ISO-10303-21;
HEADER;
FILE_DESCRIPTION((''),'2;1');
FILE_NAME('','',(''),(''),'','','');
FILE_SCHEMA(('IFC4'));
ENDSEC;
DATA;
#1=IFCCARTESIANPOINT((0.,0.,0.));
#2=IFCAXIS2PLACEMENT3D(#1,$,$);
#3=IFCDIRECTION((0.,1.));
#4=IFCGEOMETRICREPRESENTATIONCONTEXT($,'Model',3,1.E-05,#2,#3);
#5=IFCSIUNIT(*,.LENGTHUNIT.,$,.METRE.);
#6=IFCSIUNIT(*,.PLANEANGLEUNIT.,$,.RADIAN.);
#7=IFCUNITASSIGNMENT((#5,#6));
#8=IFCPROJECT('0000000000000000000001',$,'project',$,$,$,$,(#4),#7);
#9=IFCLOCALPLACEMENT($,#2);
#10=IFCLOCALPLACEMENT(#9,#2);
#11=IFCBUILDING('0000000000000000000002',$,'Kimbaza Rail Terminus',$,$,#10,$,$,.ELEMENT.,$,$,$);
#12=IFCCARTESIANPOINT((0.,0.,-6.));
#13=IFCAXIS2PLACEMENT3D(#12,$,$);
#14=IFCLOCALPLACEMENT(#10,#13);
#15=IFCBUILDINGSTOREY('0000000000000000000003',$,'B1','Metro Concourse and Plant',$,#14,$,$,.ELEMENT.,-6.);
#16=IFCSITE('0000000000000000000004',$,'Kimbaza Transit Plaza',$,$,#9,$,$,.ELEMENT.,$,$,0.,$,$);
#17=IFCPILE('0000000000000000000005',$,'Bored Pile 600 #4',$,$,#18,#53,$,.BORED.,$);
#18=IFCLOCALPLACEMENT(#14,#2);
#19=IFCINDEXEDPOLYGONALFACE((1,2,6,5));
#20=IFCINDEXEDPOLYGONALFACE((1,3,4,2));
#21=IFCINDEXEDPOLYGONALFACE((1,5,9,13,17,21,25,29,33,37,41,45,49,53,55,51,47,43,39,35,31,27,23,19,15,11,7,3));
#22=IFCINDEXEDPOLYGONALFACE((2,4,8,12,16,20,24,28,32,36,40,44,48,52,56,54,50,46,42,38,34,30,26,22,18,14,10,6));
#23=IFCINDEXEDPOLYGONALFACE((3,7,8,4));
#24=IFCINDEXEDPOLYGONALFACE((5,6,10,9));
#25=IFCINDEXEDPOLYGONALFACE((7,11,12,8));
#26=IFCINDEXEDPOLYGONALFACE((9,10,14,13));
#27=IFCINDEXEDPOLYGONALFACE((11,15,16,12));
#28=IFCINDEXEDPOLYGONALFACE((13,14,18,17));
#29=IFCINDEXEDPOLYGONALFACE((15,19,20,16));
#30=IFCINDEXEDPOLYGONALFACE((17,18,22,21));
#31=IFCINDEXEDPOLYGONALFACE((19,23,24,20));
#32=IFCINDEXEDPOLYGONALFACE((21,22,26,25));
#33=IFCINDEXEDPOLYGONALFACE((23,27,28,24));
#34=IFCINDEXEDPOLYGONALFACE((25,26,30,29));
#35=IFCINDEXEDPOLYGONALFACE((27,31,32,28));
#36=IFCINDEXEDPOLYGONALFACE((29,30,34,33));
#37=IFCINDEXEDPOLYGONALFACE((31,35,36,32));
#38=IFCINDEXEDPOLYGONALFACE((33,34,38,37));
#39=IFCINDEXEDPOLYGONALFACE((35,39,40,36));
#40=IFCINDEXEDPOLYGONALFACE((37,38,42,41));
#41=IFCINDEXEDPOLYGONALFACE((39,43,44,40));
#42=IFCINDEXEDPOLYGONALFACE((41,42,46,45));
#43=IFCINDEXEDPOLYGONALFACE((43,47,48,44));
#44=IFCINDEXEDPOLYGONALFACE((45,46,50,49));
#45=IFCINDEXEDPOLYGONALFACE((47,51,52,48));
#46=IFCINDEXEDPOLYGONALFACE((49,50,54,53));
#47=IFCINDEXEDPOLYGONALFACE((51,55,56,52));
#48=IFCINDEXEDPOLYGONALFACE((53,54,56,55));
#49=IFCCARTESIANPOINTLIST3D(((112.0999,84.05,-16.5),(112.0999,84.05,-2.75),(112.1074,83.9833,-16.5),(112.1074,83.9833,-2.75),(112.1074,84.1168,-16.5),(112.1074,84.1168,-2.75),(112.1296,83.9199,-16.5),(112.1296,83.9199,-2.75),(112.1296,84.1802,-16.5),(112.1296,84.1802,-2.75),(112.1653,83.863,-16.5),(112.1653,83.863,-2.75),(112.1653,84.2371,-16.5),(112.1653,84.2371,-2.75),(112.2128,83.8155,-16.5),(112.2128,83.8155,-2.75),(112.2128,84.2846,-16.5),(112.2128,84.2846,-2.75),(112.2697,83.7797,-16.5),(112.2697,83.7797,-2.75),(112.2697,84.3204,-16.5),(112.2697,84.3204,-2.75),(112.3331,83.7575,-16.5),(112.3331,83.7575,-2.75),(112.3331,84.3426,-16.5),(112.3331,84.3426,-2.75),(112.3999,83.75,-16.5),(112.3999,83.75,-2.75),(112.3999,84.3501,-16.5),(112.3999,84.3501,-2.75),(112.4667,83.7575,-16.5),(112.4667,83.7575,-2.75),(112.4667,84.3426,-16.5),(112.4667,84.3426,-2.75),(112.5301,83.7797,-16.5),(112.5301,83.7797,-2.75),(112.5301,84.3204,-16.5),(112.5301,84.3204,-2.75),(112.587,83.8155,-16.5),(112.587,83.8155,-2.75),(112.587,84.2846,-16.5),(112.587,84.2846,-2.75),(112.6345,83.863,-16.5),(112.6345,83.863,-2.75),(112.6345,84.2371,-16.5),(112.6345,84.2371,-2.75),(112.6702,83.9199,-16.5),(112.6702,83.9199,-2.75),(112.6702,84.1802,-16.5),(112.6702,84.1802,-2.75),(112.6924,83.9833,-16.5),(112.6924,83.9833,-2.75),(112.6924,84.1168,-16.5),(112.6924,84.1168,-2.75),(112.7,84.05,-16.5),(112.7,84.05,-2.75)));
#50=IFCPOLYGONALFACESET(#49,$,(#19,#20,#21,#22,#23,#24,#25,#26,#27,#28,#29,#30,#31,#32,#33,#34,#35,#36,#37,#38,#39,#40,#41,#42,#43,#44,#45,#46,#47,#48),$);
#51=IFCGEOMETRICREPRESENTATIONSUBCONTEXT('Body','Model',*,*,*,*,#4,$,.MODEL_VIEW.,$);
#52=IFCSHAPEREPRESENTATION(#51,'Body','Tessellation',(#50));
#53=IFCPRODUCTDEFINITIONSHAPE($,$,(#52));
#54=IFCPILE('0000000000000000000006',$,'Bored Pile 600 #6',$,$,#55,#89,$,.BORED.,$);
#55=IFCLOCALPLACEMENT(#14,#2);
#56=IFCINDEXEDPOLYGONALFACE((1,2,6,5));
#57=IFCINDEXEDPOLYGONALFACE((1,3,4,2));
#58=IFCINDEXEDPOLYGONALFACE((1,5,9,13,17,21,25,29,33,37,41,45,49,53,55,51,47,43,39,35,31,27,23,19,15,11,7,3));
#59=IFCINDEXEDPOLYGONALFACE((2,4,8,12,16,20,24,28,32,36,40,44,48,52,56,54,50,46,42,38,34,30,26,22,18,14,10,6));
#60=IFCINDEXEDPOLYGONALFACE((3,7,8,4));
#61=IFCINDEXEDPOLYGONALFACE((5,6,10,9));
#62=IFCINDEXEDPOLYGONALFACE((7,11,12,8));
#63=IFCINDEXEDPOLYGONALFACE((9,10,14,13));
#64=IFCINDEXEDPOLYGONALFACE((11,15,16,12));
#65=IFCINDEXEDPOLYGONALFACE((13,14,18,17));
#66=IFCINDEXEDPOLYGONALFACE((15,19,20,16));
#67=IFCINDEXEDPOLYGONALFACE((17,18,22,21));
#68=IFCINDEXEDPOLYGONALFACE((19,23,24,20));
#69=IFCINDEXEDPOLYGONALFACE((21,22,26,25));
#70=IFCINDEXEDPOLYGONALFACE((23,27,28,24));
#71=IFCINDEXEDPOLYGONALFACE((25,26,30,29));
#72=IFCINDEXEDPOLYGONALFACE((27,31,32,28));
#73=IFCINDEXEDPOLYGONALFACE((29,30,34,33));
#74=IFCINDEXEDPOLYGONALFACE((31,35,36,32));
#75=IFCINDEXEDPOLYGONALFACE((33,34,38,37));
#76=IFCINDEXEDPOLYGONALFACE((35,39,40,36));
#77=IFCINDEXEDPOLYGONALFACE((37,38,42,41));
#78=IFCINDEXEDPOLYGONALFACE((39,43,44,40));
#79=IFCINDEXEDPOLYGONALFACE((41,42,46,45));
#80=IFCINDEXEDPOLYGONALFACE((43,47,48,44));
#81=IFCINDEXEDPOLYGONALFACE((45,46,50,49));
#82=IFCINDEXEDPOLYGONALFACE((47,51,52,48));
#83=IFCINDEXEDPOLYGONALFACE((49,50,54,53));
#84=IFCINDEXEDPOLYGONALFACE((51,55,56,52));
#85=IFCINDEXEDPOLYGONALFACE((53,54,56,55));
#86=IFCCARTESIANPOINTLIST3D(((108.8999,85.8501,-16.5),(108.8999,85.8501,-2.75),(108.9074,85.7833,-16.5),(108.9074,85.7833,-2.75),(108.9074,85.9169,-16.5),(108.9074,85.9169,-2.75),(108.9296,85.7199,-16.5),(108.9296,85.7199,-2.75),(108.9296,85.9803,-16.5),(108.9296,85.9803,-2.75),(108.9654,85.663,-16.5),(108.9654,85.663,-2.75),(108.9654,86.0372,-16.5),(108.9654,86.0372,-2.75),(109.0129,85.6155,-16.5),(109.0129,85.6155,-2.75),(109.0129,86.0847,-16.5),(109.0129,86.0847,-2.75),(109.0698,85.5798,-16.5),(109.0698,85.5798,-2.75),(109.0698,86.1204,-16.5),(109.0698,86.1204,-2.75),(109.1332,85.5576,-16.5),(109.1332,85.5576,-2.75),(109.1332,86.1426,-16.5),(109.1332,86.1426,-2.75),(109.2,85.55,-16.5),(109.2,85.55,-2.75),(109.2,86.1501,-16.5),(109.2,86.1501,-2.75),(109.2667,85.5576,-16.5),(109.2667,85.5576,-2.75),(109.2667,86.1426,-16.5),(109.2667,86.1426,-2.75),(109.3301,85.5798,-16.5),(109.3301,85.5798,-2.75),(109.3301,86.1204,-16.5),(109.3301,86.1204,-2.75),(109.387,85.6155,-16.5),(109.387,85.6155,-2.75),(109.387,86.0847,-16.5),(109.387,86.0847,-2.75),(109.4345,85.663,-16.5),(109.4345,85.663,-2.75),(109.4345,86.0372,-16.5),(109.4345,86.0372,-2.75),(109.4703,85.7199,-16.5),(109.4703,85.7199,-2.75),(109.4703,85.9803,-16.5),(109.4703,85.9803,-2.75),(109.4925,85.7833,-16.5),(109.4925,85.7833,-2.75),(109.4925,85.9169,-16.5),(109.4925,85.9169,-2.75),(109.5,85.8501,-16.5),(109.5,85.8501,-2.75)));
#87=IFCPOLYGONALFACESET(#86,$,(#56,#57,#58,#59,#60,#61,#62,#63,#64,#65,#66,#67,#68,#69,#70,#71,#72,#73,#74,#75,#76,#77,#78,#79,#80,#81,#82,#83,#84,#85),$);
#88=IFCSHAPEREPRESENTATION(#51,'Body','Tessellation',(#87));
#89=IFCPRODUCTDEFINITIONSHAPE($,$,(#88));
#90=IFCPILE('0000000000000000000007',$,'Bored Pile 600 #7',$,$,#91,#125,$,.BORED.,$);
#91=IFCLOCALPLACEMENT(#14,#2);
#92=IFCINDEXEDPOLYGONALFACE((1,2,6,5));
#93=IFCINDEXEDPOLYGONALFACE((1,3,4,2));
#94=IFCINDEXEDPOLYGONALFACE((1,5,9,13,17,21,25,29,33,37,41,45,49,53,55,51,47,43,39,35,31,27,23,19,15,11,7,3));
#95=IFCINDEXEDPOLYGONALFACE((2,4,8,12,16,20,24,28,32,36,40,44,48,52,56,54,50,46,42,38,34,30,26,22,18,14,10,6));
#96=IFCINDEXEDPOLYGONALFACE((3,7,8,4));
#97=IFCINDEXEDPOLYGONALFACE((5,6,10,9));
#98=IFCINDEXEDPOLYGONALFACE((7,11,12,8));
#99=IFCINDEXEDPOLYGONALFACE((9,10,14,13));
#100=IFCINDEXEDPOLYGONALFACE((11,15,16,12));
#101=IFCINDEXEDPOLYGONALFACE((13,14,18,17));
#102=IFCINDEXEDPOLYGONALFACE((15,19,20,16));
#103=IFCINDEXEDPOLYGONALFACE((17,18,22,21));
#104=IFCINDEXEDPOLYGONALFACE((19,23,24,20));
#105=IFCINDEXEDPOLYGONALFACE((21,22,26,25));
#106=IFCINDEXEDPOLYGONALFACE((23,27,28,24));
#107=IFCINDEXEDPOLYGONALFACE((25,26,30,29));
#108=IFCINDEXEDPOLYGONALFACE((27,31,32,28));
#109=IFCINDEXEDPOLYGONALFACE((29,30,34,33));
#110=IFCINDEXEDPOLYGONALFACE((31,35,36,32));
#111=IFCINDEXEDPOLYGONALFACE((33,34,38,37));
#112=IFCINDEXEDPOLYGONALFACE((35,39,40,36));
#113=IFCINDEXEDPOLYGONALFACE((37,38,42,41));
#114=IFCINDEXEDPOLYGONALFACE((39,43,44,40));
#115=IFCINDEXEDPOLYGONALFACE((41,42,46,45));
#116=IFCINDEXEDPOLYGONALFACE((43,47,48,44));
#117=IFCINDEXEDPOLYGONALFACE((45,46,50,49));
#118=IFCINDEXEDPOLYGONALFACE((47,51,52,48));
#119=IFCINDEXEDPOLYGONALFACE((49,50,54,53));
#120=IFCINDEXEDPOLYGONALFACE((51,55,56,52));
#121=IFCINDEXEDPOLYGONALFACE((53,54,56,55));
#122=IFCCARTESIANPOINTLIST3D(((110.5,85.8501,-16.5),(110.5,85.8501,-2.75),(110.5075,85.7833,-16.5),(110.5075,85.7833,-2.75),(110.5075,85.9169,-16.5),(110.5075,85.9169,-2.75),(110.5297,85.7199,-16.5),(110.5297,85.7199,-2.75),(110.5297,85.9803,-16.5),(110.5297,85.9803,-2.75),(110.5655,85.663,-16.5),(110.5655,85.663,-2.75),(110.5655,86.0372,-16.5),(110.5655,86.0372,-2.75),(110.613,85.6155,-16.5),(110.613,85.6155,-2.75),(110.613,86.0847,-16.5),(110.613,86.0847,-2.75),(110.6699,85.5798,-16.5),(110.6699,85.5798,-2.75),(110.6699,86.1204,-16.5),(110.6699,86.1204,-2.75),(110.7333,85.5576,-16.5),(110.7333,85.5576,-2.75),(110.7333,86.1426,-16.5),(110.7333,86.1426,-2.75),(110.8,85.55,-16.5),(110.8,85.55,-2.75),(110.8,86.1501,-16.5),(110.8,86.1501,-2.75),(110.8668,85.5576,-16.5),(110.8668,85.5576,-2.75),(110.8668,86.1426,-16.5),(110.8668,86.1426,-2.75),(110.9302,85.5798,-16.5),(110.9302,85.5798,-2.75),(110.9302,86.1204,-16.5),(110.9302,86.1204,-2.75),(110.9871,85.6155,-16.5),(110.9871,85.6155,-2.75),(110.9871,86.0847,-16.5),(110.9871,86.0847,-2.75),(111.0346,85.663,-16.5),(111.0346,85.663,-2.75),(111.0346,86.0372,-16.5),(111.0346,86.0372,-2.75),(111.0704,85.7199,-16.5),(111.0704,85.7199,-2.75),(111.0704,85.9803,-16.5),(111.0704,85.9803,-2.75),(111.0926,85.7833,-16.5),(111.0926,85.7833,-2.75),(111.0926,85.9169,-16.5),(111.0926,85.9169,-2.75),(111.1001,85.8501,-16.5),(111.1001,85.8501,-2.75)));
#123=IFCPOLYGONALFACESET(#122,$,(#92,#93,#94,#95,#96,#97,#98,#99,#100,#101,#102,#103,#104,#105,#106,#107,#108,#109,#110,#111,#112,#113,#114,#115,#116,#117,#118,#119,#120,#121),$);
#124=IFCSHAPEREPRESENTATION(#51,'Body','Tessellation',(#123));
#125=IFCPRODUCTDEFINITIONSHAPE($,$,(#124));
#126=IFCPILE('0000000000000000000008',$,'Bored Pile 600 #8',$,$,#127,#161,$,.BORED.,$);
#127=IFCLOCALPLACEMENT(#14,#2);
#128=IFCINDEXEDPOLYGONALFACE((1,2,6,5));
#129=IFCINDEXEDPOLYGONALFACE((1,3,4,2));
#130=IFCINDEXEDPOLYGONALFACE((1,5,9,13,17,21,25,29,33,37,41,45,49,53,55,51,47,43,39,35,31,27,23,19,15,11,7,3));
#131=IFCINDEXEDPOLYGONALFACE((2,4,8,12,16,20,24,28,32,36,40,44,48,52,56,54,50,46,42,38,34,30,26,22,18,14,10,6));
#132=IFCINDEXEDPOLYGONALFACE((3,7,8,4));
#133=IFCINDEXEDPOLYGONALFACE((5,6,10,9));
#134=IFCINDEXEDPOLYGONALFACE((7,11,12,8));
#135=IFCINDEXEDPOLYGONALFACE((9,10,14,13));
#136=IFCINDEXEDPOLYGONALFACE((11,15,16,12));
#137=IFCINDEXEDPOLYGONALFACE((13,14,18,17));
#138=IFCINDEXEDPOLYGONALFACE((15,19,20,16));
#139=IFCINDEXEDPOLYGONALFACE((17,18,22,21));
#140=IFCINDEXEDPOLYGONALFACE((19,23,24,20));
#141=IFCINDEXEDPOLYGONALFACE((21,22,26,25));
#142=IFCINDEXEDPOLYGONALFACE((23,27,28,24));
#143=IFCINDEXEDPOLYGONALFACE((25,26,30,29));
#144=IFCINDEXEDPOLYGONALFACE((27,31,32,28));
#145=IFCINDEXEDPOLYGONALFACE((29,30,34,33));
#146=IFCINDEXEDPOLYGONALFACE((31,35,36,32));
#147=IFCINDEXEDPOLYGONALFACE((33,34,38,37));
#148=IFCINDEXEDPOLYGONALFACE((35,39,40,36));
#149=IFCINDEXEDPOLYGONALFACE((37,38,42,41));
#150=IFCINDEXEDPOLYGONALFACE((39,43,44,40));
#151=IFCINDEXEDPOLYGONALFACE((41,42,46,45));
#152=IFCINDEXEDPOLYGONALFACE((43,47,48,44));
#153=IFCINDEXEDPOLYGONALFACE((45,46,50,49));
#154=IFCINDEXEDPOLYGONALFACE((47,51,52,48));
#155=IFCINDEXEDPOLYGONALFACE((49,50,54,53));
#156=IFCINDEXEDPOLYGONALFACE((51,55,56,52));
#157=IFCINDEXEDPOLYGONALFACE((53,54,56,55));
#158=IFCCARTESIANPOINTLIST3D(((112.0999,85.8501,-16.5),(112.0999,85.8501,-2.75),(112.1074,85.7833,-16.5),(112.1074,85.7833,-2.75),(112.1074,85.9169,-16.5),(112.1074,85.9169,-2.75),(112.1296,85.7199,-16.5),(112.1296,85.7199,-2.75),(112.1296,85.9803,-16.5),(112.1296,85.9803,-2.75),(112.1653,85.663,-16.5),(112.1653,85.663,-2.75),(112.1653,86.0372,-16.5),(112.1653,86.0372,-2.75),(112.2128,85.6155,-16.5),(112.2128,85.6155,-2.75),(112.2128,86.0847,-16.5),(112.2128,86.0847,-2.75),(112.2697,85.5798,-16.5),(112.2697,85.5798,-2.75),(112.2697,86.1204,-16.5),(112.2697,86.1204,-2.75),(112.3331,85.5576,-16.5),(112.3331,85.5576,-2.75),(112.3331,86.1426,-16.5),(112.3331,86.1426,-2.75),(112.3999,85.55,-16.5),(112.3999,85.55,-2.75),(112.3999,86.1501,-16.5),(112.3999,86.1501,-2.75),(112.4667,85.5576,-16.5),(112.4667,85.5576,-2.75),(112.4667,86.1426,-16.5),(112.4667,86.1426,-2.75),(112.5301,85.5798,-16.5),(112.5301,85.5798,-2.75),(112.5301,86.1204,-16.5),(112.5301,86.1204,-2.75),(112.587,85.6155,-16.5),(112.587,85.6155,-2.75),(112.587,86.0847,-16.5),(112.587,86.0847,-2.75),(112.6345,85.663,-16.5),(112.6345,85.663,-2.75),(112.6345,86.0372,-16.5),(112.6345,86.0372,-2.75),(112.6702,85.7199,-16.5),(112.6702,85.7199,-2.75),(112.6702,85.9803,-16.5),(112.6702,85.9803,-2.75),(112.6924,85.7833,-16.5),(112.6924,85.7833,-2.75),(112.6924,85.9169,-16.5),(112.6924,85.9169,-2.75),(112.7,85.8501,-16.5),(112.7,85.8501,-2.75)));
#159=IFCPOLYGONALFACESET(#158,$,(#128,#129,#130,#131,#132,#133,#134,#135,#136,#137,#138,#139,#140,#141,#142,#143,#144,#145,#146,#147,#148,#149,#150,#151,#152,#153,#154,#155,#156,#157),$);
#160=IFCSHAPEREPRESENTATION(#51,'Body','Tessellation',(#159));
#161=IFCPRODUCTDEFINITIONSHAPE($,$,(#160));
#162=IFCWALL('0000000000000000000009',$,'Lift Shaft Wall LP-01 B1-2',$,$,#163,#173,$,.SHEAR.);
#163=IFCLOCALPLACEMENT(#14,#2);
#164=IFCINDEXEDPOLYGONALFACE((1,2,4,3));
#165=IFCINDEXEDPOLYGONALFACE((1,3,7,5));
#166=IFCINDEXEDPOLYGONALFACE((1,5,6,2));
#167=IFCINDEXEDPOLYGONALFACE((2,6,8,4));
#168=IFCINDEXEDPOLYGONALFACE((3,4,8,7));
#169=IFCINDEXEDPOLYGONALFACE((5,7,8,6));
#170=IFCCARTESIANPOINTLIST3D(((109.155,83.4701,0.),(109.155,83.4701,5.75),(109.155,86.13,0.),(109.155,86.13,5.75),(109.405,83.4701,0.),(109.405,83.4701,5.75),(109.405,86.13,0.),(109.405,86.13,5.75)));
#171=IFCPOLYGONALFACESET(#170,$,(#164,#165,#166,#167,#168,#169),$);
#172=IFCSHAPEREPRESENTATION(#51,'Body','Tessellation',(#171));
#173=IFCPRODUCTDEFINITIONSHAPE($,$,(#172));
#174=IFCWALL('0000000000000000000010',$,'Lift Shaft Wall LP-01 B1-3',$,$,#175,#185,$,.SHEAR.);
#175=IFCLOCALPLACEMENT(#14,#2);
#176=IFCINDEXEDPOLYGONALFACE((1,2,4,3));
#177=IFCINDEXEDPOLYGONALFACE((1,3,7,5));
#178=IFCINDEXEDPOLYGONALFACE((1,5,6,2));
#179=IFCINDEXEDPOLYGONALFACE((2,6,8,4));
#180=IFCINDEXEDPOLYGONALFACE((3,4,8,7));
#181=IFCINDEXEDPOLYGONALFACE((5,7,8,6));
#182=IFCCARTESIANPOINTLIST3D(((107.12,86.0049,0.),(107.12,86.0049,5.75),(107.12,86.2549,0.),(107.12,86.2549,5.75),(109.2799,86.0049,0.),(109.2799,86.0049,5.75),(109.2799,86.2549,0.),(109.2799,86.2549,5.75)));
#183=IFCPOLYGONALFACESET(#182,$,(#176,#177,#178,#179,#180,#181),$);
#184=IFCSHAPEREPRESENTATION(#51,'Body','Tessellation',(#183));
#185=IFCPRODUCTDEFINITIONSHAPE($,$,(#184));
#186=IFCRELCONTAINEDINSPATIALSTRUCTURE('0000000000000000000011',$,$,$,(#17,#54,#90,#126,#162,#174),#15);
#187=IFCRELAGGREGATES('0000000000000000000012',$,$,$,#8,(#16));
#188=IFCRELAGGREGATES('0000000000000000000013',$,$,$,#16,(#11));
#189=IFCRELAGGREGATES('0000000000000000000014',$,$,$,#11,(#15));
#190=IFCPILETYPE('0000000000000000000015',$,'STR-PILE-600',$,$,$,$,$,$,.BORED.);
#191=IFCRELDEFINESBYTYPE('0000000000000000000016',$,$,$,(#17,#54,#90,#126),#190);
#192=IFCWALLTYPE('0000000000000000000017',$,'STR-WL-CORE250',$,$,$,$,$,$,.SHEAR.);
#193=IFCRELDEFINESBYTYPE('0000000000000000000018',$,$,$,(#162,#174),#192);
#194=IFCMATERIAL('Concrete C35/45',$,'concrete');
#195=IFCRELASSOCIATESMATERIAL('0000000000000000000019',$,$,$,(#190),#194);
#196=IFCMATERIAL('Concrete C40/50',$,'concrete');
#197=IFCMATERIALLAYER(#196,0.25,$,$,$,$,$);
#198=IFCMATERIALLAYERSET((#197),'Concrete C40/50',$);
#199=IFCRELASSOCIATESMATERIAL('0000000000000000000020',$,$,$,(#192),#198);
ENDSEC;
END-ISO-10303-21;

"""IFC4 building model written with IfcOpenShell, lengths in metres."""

from ifc_helpers import new_model, si_unit, direction, frame, frame_2d, origin, origin_2d, place, context, subcontext, project, spatial, rectangle, circle, extrude, material, layer, layer_set, material_profile, profile_set, type_object, element, save


model = new_model("IFC4")

# Units and contexts
model_context = context("Model", 3, precision=1e-05, world=origin(), true_north=direction((0.0, 1.0)))
body_context = subcontext(model_context, "Body", "Model", "MODEL_VIEW")
ifc_project = project(units=[si_unit("LENGTHUNIT", "METRE"), si_unit("PLANEANGLEUNIT", "RADIAN")], contexts=[model_context])

# Site, building, storey
site_placement = place(None, origin())
site = spatial("IfcSite", under=ifc_project, at=site_placement, Name="Kimbaza Transit Plaza", CompositionType="ELEMENT", RefElevation=0.0)
building_placement = place(site_placement, origin())
building = spatial("IfcBuilding", under=site, at=building_placement, Name="Kimbaza Rail Terminus", CompositionType="ELEMENT")
storey_placement = place(building_placement, frame((0.0, 0.0, -6.0)))
storey = spatial("IfcBuildingStorey", under=building, at=storey_placement, Name="B1", Description="Metro Concourse and Plant", CompositionType="ELEMENT", Elevation=-6.0)

# Piles
ifc_material_1 = material(Name="Concrete C35/45", Category="concrete")
ifc_material_profile_1 = material_profile(ifc_material_1, circle(Radius=0.3, at=origin_2d()), Name="BORED PILE 600")
ifc_profile_set_1 = profile_set([ifc_material_profile_1], Name="Concrete C35/45")
pile_type_1 = type_object("IfcPileType", Name="STR-PILE-600", PredefinedType="BORED", material=ifc_profile_set_1)
for number, where, z_axis, x_axis, name in (
    (1, (112.3999, 84.05, -2.75), (0.0, 0.0, -1.0), (1.0, 0.0, 0.0), "Bored Pile 600 #4"),
    (2, (109.2, 85.8501, -2.75), (0.0, 0.0, -1.0), (1.0, 0.0, 0.0), "Bored Pile 600 #6"),
    (3, (110.8, 85.8501, -2.75), (0.0, 0.0, -1.0), (1.0, 0.0, 0.0), "Bored Pile 600 #7"),
    (4, (112.3999, 85.8501, -2.75), (0.0, 0.0, -1.0), (1.0, 0.0, 0.0), "Bored Pile 600 #8"),
):
    element("IfcPile", number, at=place(storey_placement, frame(where, z_axis=z_axis, x_axis=x_axis)), inside=storey, type_object=pile_type_1, Name=name, PredefinedType="BORED", context=body_context, shape_type="SweptSolid", body=[
        extrude(circle(Radius=0.3, at=origin_2d()), origin(), (0.0, 0.0, 1.0), 13.75),
    ])

# Walls
ifc_material_2 = material(Name="Concrete C40/50", Category="concrete")
ifc_layer_1 = layer(ifc_material_2, 0.25)
ifc_layer_set_1 = layer_set([ifc_layer_1], Name="Concrete C40/50")
wall_type_1 = type_object("IfcWallType", Name="STR-WL-CORE250", PredefinedType="SHEAR", material=ifc_layer_set_1)
wall_1_placement = place(storey_placement, frame((109.28, 83.47, 0.0), z_axis=(0.0, 0.0, 1.0), x_axis=(0.0, 1.0, 0.0)))
element("IfcWall", 5, at=wall_1_placement, inside=storey, type_object=wall_type_1, Name="Lift Shaft Wall LP-01 B1-2", PredefinedType="SHEAR", context=body_context, shape_type="SweptSolid", body=[
    extrude(rectangle(XDim=2.6599, YDim=0.25, at=frame_2d((1.3301, 0.0))), origin(), (0.0, 0.0, 1.0), 5.75),
])
wall_2_placement = place(storey_placement, frame((109.28, 86.1299, 0.0), z_axis=(0.0, 0.0, 1.0), x_axis=(-1.0, 0.0, 0.0)))
element("IfcWall", 6, at=wall_2_placement, inside=storey, type_object=wall_type_1, Name="Lift Shaft Wall LP-01 B1-3", PredefinedType="SHEAR", context=body_context, shape_type="SweptSolid", body=[
    extrude(rectangle(XDim=2.1599, YDim=0.25, at=frame_2d((1.0801, 0.0))), origin(), (0.0, 0.0, 1.0), 5.75),
])

save(model, "model.ifc")
